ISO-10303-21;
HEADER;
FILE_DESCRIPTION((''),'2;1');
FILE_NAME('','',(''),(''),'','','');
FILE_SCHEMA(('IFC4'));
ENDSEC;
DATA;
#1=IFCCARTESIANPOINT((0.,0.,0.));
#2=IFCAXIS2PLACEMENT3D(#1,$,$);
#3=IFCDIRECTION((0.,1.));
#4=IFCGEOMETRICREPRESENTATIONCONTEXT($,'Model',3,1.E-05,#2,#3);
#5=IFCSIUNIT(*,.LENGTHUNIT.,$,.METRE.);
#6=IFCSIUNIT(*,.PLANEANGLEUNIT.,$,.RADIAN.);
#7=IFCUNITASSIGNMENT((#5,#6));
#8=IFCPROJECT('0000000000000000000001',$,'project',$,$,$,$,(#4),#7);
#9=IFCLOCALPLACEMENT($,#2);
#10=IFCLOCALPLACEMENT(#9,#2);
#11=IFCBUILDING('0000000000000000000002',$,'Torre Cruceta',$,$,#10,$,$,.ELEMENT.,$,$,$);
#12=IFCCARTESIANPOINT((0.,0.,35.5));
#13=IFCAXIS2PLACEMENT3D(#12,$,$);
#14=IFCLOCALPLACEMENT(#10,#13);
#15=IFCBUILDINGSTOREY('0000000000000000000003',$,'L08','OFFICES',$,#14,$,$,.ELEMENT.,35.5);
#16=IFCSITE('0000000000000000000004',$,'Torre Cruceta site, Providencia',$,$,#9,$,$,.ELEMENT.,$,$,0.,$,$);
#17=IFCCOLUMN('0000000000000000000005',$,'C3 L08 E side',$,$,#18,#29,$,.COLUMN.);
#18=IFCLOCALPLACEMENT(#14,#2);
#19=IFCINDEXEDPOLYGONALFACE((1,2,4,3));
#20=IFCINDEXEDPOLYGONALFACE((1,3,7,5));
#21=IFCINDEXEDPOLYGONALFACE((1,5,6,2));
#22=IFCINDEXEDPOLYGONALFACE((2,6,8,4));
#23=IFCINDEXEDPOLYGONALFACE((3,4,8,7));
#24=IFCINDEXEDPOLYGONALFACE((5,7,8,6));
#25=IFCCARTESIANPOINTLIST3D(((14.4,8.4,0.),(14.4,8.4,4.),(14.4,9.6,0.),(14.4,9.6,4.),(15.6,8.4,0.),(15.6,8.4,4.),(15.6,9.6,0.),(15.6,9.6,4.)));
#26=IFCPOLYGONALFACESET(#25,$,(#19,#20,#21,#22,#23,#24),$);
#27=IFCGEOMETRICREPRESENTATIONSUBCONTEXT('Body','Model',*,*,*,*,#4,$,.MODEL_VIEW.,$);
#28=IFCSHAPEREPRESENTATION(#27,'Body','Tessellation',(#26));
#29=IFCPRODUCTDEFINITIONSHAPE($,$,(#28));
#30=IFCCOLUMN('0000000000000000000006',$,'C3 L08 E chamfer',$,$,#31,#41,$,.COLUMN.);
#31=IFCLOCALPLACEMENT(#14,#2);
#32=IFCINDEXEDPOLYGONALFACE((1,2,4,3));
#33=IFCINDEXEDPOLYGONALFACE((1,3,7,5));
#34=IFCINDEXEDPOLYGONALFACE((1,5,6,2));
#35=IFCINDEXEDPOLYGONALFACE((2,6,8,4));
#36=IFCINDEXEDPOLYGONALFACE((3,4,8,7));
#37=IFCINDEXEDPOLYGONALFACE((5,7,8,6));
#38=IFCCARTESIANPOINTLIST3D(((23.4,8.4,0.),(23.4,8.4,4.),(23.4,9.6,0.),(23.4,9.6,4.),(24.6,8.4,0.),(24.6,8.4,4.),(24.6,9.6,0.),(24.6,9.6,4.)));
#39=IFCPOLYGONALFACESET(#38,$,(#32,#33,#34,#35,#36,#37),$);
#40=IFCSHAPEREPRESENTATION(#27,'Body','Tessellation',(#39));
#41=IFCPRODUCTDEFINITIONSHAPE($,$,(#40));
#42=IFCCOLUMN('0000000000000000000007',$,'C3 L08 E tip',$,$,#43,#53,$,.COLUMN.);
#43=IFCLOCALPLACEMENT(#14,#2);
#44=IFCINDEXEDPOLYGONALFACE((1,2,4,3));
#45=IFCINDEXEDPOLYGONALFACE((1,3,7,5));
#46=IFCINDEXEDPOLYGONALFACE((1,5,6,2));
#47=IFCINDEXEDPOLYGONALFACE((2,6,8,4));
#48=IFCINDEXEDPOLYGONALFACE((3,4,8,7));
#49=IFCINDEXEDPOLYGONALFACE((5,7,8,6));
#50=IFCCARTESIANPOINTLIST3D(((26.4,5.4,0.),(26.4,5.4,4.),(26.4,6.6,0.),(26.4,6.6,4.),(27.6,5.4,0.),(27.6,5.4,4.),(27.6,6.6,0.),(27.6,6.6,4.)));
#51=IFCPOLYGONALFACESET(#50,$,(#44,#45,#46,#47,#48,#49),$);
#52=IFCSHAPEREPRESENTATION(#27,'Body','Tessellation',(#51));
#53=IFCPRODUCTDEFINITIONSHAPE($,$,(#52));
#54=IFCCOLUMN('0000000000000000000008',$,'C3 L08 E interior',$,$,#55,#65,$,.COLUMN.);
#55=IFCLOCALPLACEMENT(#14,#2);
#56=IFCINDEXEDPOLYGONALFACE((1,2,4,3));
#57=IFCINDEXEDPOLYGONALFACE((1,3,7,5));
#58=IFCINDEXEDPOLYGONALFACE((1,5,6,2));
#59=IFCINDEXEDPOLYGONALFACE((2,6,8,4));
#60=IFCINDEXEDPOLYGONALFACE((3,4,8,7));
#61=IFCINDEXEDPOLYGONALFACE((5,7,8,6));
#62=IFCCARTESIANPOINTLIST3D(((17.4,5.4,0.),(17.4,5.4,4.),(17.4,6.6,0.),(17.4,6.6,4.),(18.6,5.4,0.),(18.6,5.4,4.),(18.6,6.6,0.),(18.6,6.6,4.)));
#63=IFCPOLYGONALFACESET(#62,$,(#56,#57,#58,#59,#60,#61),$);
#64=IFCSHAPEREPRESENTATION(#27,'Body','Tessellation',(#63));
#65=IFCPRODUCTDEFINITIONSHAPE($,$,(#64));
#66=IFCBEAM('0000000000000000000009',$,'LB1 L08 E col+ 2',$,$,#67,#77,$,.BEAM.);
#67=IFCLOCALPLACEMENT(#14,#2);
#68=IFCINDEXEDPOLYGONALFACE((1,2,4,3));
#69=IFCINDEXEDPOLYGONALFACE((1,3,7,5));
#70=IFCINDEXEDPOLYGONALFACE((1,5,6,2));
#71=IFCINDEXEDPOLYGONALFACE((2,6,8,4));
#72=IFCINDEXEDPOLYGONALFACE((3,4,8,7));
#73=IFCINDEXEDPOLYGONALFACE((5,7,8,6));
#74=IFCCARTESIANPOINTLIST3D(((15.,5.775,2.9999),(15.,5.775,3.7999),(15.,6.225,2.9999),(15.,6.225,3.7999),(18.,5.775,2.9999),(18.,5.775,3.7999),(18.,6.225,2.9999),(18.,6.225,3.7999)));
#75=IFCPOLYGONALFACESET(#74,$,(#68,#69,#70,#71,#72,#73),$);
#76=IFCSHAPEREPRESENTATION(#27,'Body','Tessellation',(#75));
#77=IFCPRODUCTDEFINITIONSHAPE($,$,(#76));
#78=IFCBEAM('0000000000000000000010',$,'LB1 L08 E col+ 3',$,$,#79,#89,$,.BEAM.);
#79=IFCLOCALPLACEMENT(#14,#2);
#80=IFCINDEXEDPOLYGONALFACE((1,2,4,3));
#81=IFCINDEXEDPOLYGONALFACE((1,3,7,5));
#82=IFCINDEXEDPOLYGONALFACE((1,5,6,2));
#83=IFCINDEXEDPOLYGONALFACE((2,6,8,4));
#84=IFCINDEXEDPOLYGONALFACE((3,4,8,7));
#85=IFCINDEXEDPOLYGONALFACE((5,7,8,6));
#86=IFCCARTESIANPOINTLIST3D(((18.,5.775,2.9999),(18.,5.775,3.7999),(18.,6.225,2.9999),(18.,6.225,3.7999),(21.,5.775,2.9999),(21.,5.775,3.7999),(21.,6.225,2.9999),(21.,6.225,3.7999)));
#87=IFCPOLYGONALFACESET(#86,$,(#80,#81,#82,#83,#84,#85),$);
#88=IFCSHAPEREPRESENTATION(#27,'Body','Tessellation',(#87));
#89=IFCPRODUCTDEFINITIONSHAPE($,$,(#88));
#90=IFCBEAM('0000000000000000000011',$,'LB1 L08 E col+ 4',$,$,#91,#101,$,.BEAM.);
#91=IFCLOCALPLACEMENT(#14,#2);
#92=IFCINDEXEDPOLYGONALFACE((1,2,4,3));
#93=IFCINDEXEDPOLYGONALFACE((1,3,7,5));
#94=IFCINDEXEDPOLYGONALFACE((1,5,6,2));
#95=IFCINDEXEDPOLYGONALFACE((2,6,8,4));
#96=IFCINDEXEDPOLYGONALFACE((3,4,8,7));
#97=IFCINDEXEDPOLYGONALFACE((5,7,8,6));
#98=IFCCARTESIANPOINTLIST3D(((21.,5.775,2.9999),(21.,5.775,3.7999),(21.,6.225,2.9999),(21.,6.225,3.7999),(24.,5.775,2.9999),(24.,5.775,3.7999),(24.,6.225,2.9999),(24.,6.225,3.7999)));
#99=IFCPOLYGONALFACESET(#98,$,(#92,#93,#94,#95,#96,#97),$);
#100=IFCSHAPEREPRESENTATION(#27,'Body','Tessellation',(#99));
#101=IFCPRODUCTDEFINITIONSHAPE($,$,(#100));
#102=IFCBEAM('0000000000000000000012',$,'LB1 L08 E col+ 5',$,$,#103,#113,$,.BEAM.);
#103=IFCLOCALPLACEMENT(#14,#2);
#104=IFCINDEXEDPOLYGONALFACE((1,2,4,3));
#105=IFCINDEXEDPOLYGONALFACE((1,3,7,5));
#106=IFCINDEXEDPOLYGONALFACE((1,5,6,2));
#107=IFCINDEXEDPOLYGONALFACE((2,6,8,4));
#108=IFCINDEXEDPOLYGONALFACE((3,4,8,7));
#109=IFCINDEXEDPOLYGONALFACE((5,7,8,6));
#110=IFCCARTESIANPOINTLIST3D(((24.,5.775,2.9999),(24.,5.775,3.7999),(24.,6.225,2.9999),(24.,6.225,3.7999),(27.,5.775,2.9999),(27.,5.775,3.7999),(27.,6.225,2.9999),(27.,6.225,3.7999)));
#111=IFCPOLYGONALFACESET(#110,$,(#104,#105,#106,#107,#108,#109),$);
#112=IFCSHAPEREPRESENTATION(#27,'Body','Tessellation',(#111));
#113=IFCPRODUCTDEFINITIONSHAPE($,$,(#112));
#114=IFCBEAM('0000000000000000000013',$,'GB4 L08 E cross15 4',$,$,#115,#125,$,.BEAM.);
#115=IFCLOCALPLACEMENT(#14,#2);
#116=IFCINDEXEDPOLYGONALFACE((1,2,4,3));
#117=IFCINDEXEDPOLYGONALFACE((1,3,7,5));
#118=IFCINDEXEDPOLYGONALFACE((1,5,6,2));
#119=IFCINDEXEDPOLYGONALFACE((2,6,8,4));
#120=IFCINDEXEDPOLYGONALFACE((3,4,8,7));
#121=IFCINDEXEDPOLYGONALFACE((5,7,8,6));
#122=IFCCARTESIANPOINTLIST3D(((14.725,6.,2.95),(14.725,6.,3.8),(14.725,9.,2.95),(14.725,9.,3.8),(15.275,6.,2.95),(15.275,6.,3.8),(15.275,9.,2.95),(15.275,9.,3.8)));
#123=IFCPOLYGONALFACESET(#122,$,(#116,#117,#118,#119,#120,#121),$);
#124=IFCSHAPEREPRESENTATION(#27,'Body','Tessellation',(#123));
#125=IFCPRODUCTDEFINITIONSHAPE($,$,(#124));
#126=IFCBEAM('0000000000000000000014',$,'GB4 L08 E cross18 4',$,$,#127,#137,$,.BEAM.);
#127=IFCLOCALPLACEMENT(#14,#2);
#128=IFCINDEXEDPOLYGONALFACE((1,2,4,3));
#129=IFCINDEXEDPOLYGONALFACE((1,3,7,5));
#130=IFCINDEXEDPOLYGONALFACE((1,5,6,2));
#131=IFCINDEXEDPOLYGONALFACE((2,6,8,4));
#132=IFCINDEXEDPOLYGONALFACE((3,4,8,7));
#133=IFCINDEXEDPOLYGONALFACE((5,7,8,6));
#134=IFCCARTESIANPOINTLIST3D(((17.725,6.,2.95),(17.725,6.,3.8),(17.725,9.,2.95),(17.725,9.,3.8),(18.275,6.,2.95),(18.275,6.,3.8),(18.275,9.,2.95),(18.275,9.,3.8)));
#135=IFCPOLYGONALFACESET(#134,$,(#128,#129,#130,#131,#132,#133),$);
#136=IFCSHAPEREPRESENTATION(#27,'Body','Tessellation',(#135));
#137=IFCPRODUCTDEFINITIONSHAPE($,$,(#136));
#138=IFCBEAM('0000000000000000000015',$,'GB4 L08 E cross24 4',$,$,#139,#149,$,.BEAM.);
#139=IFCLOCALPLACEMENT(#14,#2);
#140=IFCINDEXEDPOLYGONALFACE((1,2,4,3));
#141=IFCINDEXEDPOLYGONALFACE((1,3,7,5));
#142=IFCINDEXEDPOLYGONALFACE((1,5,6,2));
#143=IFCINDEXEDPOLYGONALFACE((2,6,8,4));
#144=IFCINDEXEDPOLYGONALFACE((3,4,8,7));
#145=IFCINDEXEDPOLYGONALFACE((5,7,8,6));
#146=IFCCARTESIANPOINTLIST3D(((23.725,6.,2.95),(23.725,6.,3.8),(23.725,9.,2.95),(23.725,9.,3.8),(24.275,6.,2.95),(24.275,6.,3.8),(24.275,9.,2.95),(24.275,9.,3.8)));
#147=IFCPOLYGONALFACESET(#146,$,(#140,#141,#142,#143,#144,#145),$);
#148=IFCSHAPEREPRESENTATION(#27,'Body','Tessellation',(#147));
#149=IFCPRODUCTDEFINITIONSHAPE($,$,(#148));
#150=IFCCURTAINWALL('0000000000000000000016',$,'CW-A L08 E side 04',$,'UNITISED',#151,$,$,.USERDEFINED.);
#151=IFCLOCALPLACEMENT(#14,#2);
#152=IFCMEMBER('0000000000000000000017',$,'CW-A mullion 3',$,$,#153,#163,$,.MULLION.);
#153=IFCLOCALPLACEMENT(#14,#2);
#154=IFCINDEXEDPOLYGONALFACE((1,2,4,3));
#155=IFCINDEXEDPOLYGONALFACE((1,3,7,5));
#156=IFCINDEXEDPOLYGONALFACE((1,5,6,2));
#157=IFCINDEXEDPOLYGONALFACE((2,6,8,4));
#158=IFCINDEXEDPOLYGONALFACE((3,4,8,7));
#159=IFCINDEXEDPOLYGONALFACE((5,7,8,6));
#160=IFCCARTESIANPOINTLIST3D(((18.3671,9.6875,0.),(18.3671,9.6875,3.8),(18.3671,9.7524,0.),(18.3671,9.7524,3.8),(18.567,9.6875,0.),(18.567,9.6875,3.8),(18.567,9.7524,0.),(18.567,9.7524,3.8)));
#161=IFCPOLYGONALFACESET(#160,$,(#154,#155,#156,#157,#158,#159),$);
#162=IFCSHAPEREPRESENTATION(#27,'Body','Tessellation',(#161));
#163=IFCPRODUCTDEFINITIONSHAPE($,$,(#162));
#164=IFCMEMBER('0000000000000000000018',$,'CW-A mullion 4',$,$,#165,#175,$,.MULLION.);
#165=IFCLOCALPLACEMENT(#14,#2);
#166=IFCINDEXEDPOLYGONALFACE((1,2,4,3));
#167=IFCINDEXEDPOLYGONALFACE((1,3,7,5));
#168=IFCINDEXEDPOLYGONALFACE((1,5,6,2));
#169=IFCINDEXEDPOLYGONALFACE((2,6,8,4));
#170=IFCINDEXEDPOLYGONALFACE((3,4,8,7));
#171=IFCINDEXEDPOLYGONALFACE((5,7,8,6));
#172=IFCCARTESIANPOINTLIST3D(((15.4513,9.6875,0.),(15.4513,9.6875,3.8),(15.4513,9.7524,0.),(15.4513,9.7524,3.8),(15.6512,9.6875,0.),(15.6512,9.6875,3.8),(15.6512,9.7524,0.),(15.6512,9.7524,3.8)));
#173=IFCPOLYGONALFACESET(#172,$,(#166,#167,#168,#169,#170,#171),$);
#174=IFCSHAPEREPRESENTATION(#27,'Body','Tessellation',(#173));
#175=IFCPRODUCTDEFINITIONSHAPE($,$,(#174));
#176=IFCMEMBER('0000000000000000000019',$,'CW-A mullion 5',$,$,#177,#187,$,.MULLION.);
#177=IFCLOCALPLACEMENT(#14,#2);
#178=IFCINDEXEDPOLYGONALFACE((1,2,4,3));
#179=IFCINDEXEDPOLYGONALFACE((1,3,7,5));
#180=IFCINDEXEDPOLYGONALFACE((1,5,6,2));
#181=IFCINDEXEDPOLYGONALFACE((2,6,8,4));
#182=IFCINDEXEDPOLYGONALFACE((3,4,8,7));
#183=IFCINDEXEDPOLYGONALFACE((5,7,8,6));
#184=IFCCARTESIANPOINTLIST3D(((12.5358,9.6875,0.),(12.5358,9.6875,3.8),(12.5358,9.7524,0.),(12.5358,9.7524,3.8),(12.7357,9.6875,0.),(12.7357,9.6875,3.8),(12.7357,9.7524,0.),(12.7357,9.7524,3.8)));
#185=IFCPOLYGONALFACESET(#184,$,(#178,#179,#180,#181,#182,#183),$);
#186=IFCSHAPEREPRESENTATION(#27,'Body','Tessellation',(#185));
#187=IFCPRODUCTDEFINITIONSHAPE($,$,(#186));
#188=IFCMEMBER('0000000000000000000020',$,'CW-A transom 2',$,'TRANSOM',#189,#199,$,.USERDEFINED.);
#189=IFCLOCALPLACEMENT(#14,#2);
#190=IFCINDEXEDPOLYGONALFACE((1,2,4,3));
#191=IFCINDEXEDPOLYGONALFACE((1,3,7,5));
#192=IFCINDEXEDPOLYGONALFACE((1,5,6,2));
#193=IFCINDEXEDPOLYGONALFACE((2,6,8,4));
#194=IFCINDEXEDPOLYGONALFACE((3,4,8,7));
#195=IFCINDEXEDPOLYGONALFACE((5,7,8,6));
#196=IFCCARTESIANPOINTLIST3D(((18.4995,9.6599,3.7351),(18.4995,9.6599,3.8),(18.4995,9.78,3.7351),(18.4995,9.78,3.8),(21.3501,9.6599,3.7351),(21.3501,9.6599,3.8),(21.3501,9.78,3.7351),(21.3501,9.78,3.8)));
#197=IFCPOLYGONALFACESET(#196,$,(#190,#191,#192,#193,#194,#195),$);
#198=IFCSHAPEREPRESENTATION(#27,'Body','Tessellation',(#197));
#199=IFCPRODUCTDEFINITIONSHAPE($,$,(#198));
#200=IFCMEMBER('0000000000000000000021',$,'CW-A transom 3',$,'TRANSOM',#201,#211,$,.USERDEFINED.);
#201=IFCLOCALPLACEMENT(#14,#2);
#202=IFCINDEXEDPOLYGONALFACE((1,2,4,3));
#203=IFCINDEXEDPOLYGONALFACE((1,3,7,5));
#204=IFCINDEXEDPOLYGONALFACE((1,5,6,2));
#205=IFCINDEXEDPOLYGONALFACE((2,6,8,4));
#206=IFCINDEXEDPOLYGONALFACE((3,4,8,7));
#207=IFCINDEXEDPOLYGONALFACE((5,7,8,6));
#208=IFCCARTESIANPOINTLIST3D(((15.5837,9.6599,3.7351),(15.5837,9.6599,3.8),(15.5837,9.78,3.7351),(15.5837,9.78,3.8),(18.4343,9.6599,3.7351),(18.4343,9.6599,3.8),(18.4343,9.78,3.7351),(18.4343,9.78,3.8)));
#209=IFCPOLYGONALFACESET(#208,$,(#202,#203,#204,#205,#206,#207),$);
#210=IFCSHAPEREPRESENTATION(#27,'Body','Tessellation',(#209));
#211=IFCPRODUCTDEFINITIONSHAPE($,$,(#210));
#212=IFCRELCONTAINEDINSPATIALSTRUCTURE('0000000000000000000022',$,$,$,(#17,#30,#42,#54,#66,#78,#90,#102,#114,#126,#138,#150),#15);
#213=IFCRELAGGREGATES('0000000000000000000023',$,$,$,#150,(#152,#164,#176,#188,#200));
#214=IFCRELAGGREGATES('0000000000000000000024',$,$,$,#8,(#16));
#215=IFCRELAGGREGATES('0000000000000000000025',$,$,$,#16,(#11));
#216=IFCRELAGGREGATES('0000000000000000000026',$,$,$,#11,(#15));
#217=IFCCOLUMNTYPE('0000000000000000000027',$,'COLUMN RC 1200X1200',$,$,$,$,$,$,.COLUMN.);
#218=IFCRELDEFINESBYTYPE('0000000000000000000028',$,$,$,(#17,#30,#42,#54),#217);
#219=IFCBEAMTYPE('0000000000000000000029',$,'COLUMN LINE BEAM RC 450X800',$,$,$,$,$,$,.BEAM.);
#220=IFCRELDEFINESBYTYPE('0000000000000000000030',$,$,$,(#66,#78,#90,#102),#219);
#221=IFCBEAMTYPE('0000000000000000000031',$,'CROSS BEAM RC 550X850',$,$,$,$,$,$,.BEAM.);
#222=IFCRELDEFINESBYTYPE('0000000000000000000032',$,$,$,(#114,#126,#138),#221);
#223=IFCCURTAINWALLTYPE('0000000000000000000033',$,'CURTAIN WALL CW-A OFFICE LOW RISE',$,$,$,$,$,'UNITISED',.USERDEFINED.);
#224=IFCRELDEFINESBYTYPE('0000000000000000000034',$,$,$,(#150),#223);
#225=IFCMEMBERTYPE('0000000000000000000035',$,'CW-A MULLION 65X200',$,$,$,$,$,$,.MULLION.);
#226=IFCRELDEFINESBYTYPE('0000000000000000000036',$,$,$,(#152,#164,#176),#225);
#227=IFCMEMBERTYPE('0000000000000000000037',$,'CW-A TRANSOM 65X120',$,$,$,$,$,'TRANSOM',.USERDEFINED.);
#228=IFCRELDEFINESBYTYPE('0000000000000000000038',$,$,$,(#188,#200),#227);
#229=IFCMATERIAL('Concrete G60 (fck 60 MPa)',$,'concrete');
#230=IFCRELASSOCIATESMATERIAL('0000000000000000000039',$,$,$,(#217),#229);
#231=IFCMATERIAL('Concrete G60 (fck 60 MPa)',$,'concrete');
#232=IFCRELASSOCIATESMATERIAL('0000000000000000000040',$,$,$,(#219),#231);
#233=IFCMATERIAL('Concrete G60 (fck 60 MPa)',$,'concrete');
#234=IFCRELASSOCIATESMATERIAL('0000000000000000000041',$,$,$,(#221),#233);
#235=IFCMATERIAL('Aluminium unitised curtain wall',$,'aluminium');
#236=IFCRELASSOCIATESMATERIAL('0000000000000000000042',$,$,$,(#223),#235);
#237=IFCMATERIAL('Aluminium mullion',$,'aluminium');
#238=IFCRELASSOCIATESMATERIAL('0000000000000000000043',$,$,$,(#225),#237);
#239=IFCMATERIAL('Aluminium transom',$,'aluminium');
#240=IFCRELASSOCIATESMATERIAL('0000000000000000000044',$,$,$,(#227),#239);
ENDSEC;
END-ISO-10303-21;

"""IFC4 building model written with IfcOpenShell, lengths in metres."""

from ifc_helpers import new_model, si_unit, direction, frame, origin, origin_2d, place, context, subcontext, project, spatial, rectangle, extrude, material, material_profile, profile_set, type_object, element, aggregate, save


model = new_model("IFC4")

# Units and contexts
model_context = context("Model", 3, precision=1e-05, world=origin(), true_north=direction((0.0, 1.0)))
body_context = subcontext(model_context, "Body", "Model", "MODEL_VIEW")
ifc_project = project(units=[si_unit("LENGTHUNIT", "METRE"), si_unit("PLANEANGLEUNIT", "RADIAN")], contexts=[model_context])

# Site, building, storey
site_placement = place(None, origin())
site = spatial("IfcSite", under=ifc_project, at=site_placement, Name="Torre Cruceta site, Providencia", CompositionType="ELEMENT", RefElevation=0.0)
building_placement = place(site_placement, origin())
building = spatial("IfcBuilding", under=site, at=building_placement, Name="Torre Cruceta", CompositionType="ELEMENT")
storey_placement = place(building_placement, frame((0.0, 0.0, 35.5)))
storey = spatial("IfcBuildingStorey", under=building, at=storey_placement, Name="L08", Description="OFFICES", CompositionType="ELEMENT", Elevation=35.5)

# Columns
ifc_material_1 = material(Name="Concrete G60 (fck 60 MPa)", Category="concrete")
ifc_material_profile_1 = material_profile(ifc_material_1, rectangle(XDim=1.2, YDim=1.2, at=origin_2d()), Name="RC 1200X1200")
ifc_profile_set_1 = profile_set([ifc_material_profile_1], Name="Concrete G60 (fck 60 MPa)")
column_type = type_object("IfcColumnType", Name="COLUMN RC 1200X1200", PredefinedType="COLUMN", material=ifc_profile_set_1)
for number, where, z_axis, x_axis, name in (
    (1, (15.0, 9.0, 0.0), (0.0, 0.0, 1.0), (1.0, 0.0, 0.0), "C3 L08 E side"),
    (2, (24.0, 9.0, 0.0), (0.0, 0.0, 1.0), (1.0, 0.0, 0.0), "C3 L08 E chamfer"),
    (3, (27.0, 6.0, 0.0), (0.0, 0.0, 1.0), (1.0, 0.0, 0.0), "C3 L08 E tip"),
    (4, (18.0, 6.0, 0.0), (0.0, 0.0, 1.0), (1.0, 0.0, 0.0), "C3 L08 E interior"),
):
    element("IfcColumn", number, at=place(storey_placement, frame(where, z_axis=z_axis, x_axis=x_axis)), inside=storey, type_object=column_type, Name=name, PredefinedType="COLUMN", context=body_context, shape_type="SweptSolid", body=[
        extrude(rectangle(XDim=1.2, YDim=1.2, at=origin_2d()), origin(), (0.0, 0.0, 1.0), 4.0),
    ])

# Beams
ifc_material_2 = material(Name="Concrete G60 (fck 60 MPa)", Category="concrete")
ifc_material_profile_2 = material_profile(ifc_material_2, rectangle(XDim=0.45, YDim=0.8, at=origin_2d()), Name="RC 450X800")
ifc_profile_set_2 = profile_set([ifc_material_profile_2], Name="Concrete G60 (fck 60 MPa)")
beam_type_1 = type_object("IfcBeamType", Name="COLUMN LINE BEAM RC 450X800", PredefinedType="BEAM", material=ifc_profile_set_2)
for number, where, z_axis, x_axis, name in (
    (5, (15.0, 6.0, 3.3999), (1.0, 0.0, 0.0), (0.0, 1.0, 0.0), "LB1 L08 E col+ 2"),
    (6, (18.0, 6.0, 3.3999), (1.0, 0.0, 0.0), (0.0, 1.0, 0.0), "LB1 L08 E col+ 3"),
    (7, (21.0, 6.0, 3.3999), (1.0, 0.0, 0.0), (0.0, 1.0, 0.0), "LB1 L08 E col+ 4"),
    (8, (24.0, 6.0, 3.3999), (1.0, 0.0, 0.0), (0.0, 1.0, 0.0), "LB1 L08 E col+ 5"),
):
    element("IfcBeam", number, at=place(storey_placement, frame(where, z_axis=z_axis, x_axis=x_axis)), inside=storey, type_object=beam_type_1, Name=name, PredefinedType="BEAM", context=body_context, shape_type="SweptSolid", body=[
        extrude(rectangle(XDim=0.45, YDim=0.8, at=origin_2d()), origin(), (0.0, 0.0, 1.0), 3.0),
    ])
ifc_material_3 = material(Name="Concrete G60 (fck 60 MPa)", Category="concrete")
ifc_material_profile_3 = material_profile(ifc_material_3, rectangle(XDim=0.55, YDim=0.8501, at=origin_2d()), Name="RC 550X850")
ifc_profile_set_3 = profile_set([ifc_material_profile_3], Name="Concrete G60 (fck 60 MPa)")
beam_type_2 = type_object("IfcBeamType", Name="CROSS BEAM RC 550X850", PredefinedType="BEAM", material=ifc_profile_set_3)
for number, where, z_axis, x_axis, name in (
    (9, (15.0, 6.0, 3.375), (0.0, 1.0, 0.0), (-1.0, 0.0, 0.0), "GB4 L08 E cross15 4"),
    (10, (18.0, 6.0, 3.375), (0.0, 1.0, 0.0), (-1.0, 0.0, 0.0), "GB4 L08 E cross18 4"),
    (11, (24.0, 6.0, 3.375), (0.0, 1.0, 0.0), (-1.0, 0.0, 0.0), "GB4 L08 E cross24 4"),
):
    element("IfcBeam", number, at=place(storey_placement, frame(where, z_axis=z_axis, x_axis=x_axis)), inside=storey, type_object=beam_type_2, Name=name, PredefinedType="BEAM", context=body_context, shape_type="SweptSolid", body=[
        extrude(rectangle(XDim=0.55, YDim=0.8501, at=origin_2d()), origin(), (0.0, 0.0, 1.0), 3.0),
    ])

# Curtain wall, members
ifc_material_4 = material(Name="Aluminium unitised curtain wall", Category="aluminium")
curtain_wall_type = type_object("IfcCurtainWallType", Name="CURTAIN WALL CW-A OFFICE LOW RISE", ElementType="UNITISED", PredefinedType="USERDEFINED", material=ifc_material_4)
curtain_wall_placement = place(storey_placement, origin())
curtain_wall = element("IfcCurtainWall", 12, at=curtain_wall_placement, inside=storey, type_object=curtain_wall_type, Name="CW-A L08 E side 04", ObjectType="UNITISED", PredefinedType="USERDEFINED")
ifc_material_5 = material(Name="Aluminium mullion", Category="aluminium")
ifc_material_profile_4 = material_profile(ifc_material_5, rectangle(XDim=0.0649, YDim=0.2, at=origin_2d()), Name="AL 65X200")
ifc_profile_set_4 = profile_set([ifc_material_profile_4], Name="Aluminium mullion")
member_type_1 = type_object("IfcMemberType", Name="CW-A MULLION 65X200", PredefinedType="MULLION", material=ifc_profile_set_4)
member_1_placement = place(storey_placement, frame((18.467, 9.72, 0.0), z_axis=(0.0, 0.0, 1.0), x_axis=(0.0, -1.0, 0.0)))
member_1 = element("IfcMember", 13, at=member_1_placement, type_object=member_type_1, Name="CW-A mullion 3", PredefinedType="MULLION", context=body_context, shape_type="SweptSolid", body=[
    extrude(rectangle(XDim=0.0649, YDim=0.2, at=origin_2d()), origin(), (0.0, 0.0, 1.0), 3.8),
])
member_2_placement = place(storey_placement, frame((15.5513, 9.72, 0.0), z_axis=(0.0, 0.0, 1.0), x_axis=(0.0, -1.0, 0.0)))
member_2 = element("IfcMember", 14, at=member_2_placement, type_object=member_type_1, Name="CW-A mullion 4", PredefinedType="MULLION", context=body_context, shape_type="SweptSolid", body=[
    extrude(rectangle(XDim=0.0649, YDim=0.2, at=origin_2d()), origin(), (0.0, 0.0, 1.0), 3.8),
])
member_3_placement = place(storey_placement, frame((12.6357, 9.72, 0.0), z_axis=(0.0, 0.0, 1.0), x_axis=(0.0, -1.0, 0.0)))
member_3 = element("IfcMember", 15, at=member_3_placement, type_object=member_type_1, Name="CW-A mullion 5", PredefinedType="MULLION", context=body_context, shape_type="SweptSolid", body=[
    extrude(rectangle(XDim=0.0649, YDim=0.2, at=origin_2d()), origin(), (0.0, 0.0, 1.0), 3.8),
])
ifc_material_6 = material(Name="Aluminium transom", Category="aluminium")
ifc_material_profile_5 = material_profile(ifc_material_6, rectangle(XDim=0.1201, YDim=0.0649, at=origin_2d()), Name="AL 120X65")
ifc_profile_set_5 = profile_set([ifc_material_profile_5], Name="Aluminium transom")
member_type_2 = type_object("IfcMemberType", Name="CW-A TRANSOM 65X120", ElementType="TRANSOM", PredefinedType="USERDEFINED", material=ifc_profile_set_5)
member_4_placement = place(storey_placement, frame((21.3501, 9.72, 3.7676), z_axis=(-1.0, 0.0, 0.0), x_axis=(0.0, -1.0, 0.0)))
member_4 = element("IfcMember", 16, at=member_4_placement, type_object=member_type_2, Name="CW-A transom 2", ObjectType="TRANSOM", PredefinedType="USERDEFINED", context=body_context, shape_type="SweptSolid", body=[
    extrude(rectangle(XDim=0.1201, YDim=0.0649, at=origin_2d()), origin(), (0.0, 0.0, 1.0), 2.8506),
])
member_5_placement = place(storey_placement, frame((18.4343, 9.72, 3.7676), z_axis=(-1.0, 0.0, 0.0), x_axis=(0.0, -1.0, 0.0)))
member_5 = element("IfcMember", 17, at=member_5_placement, type_object=member_type_2, Name="CW-A transom 3", ObjectType="TRANSOM", PredefinedType="USERDEFINED", context=body_context, shape_type="SweptSolid", body=[
    extrude(rectangle(XDim=0.1201, YDim=0.0649, at=origin_2d()), origin(), (0.0, 0.0, 1.0), 2.8506),
])

aggregate(curtain_wall, [member_1, member_2, member_3, member_4, member_5])

save(model, "model.ifc")
